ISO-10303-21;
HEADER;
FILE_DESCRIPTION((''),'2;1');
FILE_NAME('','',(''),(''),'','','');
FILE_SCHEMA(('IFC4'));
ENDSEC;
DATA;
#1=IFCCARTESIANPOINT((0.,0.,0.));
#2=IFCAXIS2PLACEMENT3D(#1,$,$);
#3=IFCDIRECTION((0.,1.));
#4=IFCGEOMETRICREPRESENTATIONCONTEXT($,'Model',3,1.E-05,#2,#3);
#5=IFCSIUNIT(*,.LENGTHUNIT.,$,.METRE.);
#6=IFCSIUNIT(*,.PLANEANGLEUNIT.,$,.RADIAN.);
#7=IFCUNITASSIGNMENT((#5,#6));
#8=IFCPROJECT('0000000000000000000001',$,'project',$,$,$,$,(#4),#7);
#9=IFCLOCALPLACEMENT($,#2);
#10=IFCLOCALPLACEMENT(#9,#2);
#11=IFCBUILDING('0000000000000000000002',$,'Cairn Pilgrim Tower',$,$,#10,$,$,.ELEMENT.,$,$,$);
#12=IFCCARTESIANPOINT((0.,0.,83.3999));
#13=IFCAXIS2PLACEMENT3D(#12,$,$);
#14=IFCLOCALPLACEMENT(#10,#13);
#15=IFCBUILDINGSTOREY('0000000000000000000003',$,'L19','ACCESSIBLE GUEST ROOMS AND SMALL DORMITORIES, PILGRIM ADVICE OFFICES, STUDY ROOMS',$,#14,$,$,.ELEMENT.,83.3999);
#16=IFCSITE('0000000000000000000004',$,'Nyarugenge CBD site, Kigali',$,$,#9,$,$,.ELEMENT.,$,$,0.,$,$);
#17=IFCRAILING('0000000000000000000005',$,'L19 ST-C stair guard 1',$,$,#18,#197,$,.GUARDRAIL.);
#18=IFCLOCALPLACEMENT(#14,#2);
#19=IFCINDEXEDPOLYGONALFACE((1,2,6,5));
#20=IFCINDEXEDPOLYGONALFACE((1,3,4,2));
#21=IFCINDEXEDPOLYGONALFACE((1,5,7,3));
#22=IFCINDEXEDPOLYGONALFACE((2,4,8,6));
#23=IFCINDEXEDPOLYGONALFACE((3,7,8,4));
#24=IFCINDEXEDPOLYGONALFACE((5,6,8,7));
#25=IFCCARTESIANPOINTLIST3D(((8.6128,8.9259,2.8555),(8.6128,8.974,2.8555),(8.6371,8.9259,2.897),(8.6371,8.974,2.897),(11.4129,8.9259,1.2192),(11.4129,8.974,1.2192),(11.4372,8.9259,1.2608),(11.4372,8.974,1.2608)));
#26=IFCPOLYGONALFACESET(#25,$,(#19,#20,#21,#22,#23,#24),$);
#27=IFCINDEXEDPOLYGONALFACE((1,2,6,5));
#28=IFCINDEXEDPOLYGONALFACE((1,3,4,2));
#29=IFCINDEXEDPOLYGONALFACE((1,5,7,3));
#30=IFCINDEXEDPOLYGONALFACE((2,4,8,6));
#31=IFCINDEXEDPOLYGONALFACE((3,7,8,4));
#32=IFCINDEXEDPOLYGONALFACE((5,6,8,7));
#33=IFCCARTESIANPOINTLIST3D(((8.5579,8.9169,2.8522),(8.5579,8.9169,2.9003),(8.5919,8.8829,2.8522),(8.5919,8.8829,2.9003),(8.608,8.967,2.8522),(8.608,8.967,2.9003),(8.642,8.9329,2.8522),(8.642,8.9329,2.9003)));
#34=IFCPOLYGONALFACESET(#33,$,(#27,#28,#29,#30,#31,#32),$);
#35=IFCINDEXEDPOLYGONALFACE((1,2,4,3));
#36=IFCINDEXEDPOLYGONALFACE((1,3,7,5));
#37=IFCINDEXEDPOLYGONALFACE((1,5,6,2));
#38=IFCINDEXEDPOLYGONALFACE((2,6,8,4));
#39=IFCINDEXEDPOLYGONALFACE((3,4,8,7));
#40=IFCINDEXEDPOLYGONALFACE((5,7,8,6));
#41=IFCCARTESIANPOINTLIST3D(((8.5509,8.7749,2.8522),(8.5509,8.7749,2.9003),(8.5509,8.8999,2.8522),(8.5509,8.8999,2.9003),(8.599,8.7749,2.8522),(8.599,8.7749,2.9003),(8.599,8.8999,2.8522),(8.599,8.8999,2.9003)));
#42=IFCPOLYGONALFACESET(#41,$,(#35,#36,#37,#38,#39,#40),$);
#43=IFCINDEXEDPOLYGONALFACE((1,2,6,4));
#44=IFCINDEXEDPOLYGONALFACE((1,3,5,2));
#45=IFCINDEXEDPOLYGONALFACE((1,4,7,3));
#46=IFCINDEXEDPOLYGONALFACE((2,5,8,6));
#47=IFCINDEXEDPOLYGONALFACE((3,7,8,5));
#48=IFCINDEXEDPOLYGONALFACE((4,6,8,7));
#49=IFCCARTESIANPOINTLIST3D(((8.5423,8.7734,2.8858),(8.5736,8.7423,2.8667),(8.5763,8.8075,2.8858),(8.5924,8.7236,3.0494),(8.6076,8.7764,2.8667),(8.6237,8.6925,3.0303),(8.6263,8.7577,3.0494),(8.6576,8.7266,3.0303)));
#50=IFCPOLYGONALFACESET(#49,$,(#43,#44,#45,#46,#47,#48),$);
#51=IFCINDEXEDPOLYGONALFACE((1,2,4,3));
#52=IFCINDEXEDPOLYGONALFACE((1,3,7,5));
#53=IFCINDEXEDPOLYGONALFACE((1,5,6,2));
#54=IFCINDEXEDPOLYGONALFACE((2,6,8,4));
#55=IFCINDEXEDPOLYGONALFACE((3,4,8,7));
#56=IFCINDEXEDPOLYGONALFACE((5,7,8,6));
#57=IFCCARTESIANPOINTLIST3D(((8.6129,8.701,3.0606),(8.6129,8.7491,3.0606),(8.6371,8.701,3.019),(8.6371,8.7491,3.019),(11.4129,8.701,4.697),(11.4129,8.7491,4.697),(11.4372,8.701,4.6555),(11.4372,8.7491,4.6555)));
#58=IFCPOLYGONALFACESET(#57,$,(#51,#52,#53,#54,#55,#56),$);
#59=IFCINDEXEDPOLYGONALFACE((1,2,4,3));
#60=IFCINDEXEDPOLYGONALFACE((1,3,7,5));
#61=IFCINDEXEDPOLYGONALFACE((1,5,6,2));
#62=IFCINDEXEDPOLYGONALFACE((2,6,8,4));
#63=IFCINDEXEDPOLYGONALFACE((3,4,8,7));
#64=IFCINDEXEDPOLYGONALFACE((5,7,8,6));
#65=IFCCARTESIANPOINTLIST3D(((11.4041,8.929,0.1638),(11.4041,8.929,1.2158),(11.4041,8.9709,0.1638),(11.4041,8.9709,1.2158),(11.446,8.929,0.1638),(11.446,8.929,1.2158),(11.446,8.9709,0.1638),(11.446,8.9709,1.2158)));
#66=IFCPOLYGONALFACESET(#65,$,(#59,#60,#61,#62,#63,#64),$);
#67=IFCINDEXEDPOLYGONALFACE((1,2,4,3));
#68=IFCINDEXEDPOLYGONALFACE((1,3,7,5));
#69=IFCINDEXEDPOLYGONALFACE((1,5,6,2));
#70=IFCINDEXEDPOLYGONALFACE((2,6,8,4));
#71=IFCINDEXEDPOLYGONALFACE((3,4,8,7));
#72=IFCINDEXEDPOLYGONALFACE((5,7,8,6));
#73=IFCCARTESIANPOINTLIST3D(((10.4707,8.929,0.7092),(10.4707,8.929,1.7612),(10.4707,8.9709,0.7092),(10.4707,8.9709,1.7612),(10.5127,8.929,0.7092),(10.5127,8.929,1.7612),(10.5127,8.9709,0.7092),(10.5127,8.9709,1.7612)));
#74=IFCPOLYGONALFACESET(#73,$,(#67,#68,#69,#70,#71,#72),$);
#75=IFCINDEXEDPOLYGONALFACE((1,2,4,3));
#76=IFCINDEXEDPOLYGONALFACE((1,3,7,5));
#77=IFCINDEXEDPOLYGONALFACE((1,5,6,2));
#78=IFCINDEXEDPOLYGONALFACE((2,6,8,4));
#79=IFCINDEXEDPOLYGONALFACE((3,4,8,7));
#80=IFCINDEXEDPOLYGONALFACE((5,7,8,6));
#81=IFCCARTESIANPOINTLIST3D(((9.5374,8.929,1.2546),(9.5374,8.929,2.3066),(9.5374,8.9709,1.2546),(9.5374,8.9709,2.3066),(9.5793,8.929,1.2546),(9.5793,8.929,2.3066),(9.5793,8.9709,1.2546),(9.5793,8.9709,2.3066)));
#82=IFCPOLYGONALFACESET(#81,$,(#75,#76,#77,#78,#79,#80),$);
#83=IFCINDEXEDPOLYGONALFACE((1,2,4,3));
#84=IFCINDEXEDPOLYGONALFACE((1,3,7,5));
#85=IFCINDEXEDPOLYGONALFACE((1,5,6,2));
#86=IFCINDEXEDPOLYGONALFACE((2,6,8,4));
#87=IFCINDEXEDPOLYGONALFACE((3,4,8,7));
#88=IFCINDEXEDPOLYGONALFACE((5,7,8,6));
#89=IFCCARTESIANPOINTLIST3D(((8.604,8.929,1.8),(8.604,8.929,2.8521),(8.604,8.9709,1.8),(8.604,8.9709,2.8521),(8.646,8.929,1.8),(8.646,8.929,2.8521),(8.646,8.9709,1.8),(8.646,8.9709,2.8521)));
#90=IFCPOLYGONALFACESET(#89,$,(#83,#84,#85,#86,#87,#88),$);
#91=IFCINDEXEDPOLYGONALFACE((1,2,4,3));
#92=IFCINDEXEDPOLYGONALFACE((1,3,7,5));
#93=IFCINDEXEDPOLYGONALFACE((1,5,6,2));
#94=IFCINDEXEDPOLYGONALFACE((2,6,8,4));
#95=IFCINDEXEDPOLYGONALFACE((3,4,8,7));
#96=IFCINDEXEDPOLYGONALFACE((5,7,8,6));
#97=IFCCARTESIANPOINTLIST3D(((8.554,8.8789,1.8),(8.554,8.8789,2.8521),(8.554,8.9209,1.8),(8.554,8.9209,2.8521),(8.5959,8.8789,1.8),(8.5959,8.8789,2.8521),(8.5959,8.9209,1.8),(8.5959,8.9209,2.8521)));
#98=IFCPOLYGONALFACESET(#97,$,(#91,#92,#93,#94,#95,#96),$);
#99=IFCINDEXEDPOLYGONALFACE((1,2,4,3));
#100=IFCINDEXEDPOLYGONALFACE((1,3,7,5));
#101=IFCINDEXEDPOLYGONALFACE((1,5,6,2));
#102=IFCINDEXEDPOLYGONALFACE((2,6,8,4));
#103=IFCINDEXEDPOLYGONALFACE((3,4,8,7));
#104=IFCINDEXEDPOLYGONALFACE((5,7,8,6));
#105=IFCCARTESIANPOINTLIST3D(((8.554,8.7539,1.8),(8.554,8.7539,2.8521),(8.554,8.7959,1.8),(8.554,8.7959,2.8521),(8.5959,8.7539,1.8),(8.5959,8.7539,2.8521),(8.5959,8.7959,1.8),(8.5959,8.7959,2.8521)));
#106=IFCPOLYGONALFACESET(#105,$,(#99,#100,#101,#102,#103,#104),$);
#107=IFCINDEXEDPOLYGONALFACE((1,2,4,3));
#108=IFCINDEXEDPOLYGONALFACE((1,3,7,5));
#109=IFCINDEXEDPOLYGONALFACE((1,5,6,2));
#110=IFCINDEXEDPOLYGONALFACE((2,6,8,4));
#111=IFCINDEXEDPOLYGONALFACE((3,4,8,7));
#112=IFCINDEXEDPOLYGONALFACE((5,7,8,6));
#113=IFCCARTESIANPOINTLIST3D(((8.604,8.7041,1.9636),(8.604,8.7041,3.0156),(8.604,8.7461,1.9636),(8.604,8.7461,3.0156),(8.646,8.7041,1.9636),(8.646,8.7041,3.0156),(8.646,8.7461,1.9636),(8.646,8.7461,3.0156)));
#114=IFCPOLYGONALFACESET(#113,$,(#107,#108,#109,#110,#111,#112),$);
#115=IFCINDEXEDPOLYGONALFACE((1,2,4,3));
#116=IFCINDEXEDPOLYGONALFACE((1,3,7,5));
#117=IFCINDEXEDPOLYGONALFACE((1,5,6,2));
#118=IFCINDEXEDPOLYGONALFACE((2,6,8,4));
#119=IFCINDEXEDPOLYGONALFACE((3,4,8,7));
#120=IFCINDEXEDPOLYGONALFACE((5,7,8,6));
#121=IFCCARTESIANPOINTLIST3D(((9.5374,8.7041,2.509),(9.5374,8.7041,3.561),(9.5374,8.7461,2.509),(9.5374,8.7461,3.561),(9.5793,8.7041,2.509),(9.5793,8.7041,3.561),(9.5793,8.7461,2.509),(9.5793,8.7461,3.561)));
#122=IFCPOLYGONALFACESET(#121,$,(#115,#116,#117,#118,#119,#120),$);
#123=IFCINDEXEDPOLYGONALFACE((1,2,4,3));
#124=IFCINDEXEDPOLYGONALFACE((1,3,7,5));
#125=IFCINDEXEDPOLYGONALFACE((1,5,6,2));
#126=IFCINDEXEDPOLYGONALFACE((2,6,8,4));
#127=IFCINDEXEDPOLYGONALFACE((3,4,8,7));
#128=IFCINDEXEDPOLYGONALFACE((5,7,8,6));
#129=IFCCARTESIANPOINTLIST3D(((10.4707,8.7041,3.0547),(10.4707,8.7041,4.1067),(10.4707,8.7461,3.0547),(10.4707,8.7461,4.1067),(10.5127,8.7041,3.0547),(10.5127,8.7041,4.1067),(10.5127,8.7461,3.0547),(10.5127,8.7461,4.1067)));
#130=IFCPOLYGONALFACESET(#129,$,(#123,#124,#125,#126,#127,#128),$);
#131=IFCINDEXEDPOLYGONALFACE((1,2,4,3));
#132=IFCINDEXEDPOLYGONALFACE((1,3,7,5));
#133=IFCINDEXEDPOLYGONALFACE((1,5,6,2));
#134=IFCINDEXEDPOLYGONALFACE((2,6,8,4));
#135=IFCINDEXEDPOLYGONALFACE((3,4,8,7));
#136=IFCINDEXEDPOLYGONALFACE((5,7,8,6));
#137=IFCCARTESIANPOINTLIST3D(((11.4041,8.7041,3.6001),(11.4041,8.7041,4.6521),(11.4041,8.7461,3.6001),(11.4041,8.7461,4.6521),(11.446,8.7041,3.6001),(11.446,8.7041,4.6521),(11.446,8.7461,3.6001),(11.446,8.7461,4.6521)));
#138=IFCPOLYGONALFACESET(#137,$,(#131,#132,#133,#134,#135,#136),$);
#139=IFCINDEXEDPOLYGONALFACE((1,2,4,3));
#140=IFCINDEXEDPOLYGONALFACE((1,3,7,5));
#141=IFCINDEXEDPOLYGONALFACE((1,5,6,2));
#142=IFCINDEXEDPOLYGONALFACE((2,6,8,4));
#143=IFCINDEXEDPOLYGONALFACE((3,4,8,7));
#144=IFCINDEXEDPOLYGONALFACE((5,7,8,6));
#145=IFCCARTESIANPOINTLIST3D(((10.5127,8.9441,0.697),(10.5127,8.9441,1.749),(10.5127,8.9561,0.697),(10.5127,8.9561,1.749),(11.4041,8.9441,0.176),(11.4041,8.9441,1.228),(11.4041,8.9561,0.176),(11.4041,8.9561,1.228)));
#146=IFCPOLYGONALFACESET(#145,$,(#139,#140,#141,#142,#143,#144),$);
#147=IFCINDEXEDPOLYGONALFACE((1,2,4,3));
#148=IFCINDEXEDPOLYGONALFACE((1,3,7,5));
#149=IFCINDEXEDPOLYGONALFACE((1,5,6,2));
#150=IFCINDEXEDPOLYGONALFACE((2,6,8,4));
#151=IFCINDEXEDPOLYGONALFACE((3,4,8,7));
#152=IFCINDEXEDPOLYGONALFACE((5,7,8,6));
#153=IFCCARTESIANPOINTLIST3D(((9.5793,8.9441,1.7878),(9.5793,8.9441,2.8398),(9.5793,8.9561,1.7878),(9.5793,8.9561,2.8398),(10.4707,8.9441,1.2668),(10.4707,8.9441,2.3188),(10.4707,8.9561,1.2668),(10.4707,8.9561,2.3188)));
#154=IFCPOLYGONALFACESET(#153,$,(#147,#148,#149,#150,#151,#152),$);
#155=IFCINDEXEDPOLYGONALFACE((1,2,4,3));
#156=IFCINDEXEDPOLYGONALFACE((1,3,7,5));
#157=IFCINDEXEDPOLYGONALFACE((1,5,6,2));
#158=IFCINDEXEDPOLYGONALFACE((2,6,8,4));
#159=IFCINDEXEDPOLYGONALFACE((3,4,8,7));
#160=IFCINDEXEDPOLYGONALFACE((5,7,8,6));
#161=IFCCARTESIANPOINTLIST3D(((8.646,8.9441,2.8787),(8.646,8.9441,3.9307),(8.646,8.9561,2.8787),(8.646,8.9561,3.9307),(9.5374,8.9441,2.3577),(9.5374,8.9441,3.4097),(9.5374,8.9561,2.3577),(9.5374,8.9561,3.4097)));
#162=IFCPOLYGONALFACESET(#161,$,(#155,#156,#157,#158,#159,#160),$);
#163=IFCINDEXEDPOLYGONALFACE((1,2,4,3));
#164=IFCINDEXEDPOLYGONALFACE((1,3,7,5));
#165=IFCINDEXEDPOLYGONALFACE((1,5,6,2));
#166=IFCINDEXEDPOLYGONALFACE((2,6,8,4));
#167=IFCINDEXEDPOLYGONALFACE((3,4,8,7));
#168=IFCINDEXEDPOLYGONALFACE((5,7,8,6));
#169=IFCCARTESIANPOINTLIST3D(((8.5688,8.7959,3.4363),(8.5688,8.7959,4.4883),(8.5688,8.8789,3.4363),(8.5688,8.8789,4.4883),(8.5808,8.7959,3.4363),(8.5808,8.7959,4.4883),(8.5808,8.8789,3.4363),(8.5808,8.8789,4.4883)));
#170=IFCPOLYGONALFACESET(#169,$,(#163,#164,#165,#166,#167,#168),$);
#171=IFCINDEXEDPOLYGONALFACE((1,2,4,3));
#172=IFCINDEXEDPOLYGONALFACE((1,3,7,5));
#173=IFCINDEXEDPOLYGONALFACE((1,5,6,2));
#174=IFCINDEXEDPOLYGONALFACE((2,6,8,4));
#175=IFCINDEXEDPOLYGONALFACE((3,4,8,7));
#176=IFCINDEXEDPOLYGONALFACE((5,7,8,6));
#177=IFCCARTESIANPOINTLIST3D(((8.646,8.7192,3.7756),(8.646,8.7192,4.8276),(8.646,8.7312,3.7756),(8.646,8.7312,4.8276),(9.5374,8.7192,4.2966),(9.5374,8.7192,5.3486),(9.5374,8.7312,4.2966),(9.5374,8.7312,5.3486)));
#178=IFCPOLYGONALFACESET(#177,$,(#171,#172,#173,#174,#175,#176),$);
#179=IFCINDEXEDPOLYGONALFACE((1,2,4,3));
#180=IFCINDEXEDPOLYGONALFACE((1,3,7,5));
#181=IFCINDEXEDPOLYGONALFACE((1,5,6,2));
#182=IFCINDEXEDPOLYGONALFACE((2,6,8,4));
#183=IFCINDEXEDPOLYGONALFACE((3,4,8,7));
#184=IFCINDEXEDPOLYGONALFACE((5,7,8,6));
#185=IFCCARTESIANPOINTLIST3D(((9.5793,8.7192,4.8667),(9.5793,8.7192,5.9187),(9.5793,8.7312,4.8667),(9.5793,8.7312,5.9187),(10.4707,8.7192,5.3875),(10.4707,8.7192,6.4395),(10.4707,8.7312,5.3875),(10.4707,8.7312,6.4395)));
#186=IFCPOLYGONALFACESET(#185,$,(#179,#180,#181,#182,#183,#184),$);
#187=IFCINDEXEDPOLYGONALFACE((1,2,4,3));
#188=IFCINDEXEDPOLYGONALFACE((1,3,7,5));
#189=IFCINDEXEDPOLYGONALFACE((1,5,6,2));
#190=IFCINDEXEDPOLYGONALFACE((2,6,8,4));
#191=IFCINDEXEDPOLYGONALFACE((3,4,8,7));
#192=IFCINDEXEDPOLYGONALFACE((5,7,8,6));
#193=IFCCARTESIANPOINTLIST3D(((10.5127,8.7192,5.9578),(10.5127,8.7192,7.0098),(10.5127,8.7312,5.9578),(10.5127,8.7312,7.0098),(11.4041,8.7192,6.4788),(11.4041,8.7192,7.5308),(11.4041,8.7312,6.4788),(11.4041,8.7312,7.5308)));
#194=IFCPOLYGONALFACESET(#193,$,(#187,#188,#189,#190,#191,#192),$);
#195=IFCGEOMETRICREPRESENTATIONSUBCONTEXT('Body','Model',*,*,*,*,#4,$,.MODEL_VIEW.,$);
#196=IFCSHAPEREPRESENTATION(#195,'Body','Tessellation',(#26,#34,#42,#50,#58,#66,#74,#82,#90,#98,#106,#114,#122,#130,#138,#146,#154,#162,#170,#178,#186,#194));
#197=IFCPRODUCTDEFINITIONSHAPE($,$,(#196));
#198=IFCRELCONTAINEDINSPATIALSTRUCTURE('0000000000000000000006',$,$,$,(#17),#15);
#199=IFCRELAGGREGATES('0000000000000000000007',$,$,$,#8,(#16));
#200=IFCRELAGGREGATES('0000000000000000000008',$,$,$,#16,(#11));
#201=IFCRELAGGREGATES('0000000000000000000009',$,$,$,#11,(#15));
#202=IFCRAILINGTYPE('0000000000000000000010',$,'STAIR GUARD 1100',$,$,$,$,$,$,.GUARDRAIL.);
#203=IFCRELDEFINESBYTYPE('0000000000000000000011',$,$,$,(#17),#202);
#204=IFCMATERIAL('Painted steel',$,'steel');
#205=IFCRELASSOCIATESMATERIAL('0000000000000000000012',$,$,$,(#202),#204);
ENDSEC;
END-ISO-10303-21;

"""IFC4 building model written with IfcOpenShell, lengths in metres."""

from ifc_helpers import new_model, si_unit, direction, frame, origin, origin_2d, place, context, subcontext, project, spatial, polyline, rectangle, outline, extrude, material, type_object, element, save


model = new_model("IFC4")

# Units and contexts
model_context = context("Model", 3, precision=1e-05, world=origin(), true_north=direction((0.0, 1.0)))
body_context = subcontext(model_context, "Body", "Model", "MODEL_VIEW")
ifc_project = project(units=[si_unit("LENGTHUNIT", "METRE"), si_unit("PLANEANGLEUNIT", "RADIAN")], contexts=[model_context])

# Site, building, storey
site_placement = place(None, origin())
site = spatial("IfcSite", under=ifc_project, at=site_placement, Name="Nyarugenge CBD site, Kigali", CompositionType="ELEMENT", RefElevation=0.0)
building_placement = place(site_placement, origin())
building = spatial("IfcBuilding", under=site, at=building_placement, Name="Cairn Pilgrim Tower", CompositionType="ELEMENT")
storey_placement = place(building_placement, frame((0.0, 0.0, 83.3999)))
storey = spatial("IfcBuildingStorey", under=building, at=storey_placement, Name="L19", Description="ACCESSIBLE GUEST ROOMS AND SMALL DORMITORIES, PILGRIM ADVICE OFFICES, STUDY ROOMS", CompositionType="ELEMENT", Elevation=83.3999)

# Shared definitions
ifc_material_1 = material(Name="Painted steel", Category="steel")

# Railing
railing_type_1 = type_object("IfcRailingType", Name="STAIR GUARD 1100", PredefinedType="GUARDRAIL", material=ifc_material_1)
railing_1_placement = place(storey_placement, frame((11.425, 8.95, 0.1638)))
element("IfcRailing", 1, at=railing_1_placement, inside=storey, type_object=railing_type_1, Name="L19 ST-C stair guard 1", PredefinedType="GUARDRAIL", context=body_context, shape_type="SweptSolid", body=[
    extrude(rectangle(XDim=0.0481, YDim=0.0481, at=origin_2d()), frame((0.0, 0.0, 1.0762), z_axis=(-0.863394, 0.0, 0.504531), x_axis=(0.0, -1.0, 0.0)), (0.0, 0.0, 1.0), 3.2432),
    extrude(rectangle(XDim=0.0481, YDim=0.0481, at=origin_2d()), frame((-2.8, 0.0, 2.7124), z_axis=(-0.707107, -0.707107, 0.0), x_axis=(0.707107, -0.707107, 0.0)), (0.0, 0.0, 1.0), 0.0708),
    extrude(rectangle(XDim=0.0481, YDim=0.0481, at=origin_2d()), frame((-2.8501, -0.05, 2.7124), z_axis=(0.0, -1.0, 0.0), x_axis=(1.0, 0.0, 0.0)), (0.0, 0.0, 1.0), 0.125),
    extrude(rectangle(XDim=0.0481, YDim=0.0481, at=origin_2d()), frame((-2.8501, -0.175, 2.7124), z_axis=(0.280917, -0.279546, 0.918118), x_axis=(0.705376, 0.708834, 0.0)), (0.0, 0.0, 1.0), 0.1782),
    extrude(rectangle(XDim=0.0481, YDim=0.0481, at=origin_2d()), frame((-2.8, -0.2249, 2.876), z_axis=(0.863361, 0.0, 0.504587), x_axis=(0.0, 1.0, 0.0)), (0.0, 0.0, 1.0), 3.2432),
    extrude(rectangle(XDim=0.042, YDim=0.042, at=origin_2d()), origin(), (0.0, 0.0, 1.0), 1.052),
    extrude(rectangle(XDim=0.042, YDim=0.042, at=origin_2d()), frame((-0.9333, 0.0, 0.5454)), (0.0, 0.0, 1.0), 1.052),
    extrude(rectangle(XDim=0.042, YDim=0.042, at=origin_2d()), frame((-1.8667, 0.0, 1.0908)), (0.0, 0.0, 1.0), 1.052),
    extrude(rectangle(XDim=0.042, YDim=0.042, at=origin_2d()), frame((-2.8, 0.0, 1.6362)), (0.0, 0.0, 1.0), 1.052),
    extrude(rectangle(XDim=0.042, YDim=0.042, at=origin_2d()), frame((-2.8501, -0.05, 1.6362)), (0.0, 0.0, 1.0), 1.052),
    extrude(rectangle(XDim=0.042, YDim=0.042, at=origin_2d()), frame((-2.8501, -0.175, 1.6362)), (0.0, 0.0, 1.0), 1.052),
    extrude(rectangle(XDim=0.042, YDim=0.042, at=origin_2d()), frame((-2.8, -0.2249, 1.7998)), (0.0, 0.0, 1.0), 1.052),
    extrude(rectangle(XDim=0.042, YDim=0.042, at=origin_2d()), frame((-1.8667, -0.2249, 2.3452)), (0.0, 0.0, 1.0), 1.052),
    extrude(rectangle(XDim=0.042, YDim=0.042, at=origin_2d()), frame((-0.9333, -0.2249, 2.8909)), (0.0, 0.0, 1.0), 1.052),
    extrude(rectangle(XDim=0.042, YDim=0.042, at=origin_2d()), frame((0.0, -0.2249, 3.4363)), (0.0, 0.0, 1.0), 1.052),
    extrude(outline(polyline([(0.021, 0.0122), (0.9124, 0.5332), (0.9124, 1.5852), (0.021, 1.0642), (0.021, 0.0122)])), frame((0.0, -0.0059, 0.0), z_axis=(0.0, 1.0, 0.0), x_axis=(-1.0, 0.0, 0.0)), (0.0, 0.0, 1.0), 0.012),
    extrude(outline(polyline([(0.021, 0.5576), (0.9124, 1.0786), (0.9124, 2.1306), (0.021, 1.6096), (0.021, 0.5576)])), frame((-0.9333, -0.0059, 0.5454), z_axis=(0.0, 1.0, 0.0), x_axis=(-1.0, 0.0, 0.0)), (0.0, 0.0, 1.0), 0.012),
    extrude(outline(polyline([(0.021, 1.103), (0.9124, 1.624), (0.9124, 2.676), (0.021, 2.155), (0.021, 1.103)])), frame((-1.8667, -0.0059, 1.0908), z_axis=(0.0, 1.0, 0.0), x_axis=(-1.0, 0.0, 0.0)), (0.0, 0.0, 1.0), 0.012),
    extrude(outline(polyline([(0.021, 1.6362), (0.104, 1.6362), (0.104, 2.6882), (0.021, 2.6882), (0.021, 1.6362)])), frame((-2.8442, -0.05, 1.6362), z_axis=(-1.0, 0.0, 0.0), x_axis=(0.0, -1.0, 0.0)), (0.0, 0.0, 1.0), 0.012),
    extrude(outline(polyline([(0.021, 1.812), (0.9124, 2.333), (0.9124, 3.385), (0.021, 2.864), (0.021, 1.812)])), frame((-2.8, -0.2188, 1.7998), z_axis=(0.0, -1.0, 0.0), x_axis=(1.0, 0.0, 0.0)), (0.0, 0.0, 1.0), 0.012),
    extrude(outline(polyline([(0.021, 2.3577), (0.9124, 2.8784), (0.9124, 3.9304), (0.021, 3.4097), (0.021, 2.3577)])), frame((-1.8667, -0.2188, 2.3452), z_axis=(0.0, -1.0, 0.0), x_axis=(1.0, 0.0, 0.0)), (0.0, 0.0, 1.0), 0.012),
    extrude(outline(polyline([(0.021, 2.9031), (0.9124, 3.4241), (0.9124, 4.4761), (0.021, 3.9551), (0.021, 2.9031)])), frame((-0.9333, -0.2188, 2.8909), z_axis=(0.0, -1.0, 0.0), x_axis=(1.0, 0.0, 0.0)), (0.0, 0.0, 1.0), 0.012),
])

save(model, "model.ifc")
